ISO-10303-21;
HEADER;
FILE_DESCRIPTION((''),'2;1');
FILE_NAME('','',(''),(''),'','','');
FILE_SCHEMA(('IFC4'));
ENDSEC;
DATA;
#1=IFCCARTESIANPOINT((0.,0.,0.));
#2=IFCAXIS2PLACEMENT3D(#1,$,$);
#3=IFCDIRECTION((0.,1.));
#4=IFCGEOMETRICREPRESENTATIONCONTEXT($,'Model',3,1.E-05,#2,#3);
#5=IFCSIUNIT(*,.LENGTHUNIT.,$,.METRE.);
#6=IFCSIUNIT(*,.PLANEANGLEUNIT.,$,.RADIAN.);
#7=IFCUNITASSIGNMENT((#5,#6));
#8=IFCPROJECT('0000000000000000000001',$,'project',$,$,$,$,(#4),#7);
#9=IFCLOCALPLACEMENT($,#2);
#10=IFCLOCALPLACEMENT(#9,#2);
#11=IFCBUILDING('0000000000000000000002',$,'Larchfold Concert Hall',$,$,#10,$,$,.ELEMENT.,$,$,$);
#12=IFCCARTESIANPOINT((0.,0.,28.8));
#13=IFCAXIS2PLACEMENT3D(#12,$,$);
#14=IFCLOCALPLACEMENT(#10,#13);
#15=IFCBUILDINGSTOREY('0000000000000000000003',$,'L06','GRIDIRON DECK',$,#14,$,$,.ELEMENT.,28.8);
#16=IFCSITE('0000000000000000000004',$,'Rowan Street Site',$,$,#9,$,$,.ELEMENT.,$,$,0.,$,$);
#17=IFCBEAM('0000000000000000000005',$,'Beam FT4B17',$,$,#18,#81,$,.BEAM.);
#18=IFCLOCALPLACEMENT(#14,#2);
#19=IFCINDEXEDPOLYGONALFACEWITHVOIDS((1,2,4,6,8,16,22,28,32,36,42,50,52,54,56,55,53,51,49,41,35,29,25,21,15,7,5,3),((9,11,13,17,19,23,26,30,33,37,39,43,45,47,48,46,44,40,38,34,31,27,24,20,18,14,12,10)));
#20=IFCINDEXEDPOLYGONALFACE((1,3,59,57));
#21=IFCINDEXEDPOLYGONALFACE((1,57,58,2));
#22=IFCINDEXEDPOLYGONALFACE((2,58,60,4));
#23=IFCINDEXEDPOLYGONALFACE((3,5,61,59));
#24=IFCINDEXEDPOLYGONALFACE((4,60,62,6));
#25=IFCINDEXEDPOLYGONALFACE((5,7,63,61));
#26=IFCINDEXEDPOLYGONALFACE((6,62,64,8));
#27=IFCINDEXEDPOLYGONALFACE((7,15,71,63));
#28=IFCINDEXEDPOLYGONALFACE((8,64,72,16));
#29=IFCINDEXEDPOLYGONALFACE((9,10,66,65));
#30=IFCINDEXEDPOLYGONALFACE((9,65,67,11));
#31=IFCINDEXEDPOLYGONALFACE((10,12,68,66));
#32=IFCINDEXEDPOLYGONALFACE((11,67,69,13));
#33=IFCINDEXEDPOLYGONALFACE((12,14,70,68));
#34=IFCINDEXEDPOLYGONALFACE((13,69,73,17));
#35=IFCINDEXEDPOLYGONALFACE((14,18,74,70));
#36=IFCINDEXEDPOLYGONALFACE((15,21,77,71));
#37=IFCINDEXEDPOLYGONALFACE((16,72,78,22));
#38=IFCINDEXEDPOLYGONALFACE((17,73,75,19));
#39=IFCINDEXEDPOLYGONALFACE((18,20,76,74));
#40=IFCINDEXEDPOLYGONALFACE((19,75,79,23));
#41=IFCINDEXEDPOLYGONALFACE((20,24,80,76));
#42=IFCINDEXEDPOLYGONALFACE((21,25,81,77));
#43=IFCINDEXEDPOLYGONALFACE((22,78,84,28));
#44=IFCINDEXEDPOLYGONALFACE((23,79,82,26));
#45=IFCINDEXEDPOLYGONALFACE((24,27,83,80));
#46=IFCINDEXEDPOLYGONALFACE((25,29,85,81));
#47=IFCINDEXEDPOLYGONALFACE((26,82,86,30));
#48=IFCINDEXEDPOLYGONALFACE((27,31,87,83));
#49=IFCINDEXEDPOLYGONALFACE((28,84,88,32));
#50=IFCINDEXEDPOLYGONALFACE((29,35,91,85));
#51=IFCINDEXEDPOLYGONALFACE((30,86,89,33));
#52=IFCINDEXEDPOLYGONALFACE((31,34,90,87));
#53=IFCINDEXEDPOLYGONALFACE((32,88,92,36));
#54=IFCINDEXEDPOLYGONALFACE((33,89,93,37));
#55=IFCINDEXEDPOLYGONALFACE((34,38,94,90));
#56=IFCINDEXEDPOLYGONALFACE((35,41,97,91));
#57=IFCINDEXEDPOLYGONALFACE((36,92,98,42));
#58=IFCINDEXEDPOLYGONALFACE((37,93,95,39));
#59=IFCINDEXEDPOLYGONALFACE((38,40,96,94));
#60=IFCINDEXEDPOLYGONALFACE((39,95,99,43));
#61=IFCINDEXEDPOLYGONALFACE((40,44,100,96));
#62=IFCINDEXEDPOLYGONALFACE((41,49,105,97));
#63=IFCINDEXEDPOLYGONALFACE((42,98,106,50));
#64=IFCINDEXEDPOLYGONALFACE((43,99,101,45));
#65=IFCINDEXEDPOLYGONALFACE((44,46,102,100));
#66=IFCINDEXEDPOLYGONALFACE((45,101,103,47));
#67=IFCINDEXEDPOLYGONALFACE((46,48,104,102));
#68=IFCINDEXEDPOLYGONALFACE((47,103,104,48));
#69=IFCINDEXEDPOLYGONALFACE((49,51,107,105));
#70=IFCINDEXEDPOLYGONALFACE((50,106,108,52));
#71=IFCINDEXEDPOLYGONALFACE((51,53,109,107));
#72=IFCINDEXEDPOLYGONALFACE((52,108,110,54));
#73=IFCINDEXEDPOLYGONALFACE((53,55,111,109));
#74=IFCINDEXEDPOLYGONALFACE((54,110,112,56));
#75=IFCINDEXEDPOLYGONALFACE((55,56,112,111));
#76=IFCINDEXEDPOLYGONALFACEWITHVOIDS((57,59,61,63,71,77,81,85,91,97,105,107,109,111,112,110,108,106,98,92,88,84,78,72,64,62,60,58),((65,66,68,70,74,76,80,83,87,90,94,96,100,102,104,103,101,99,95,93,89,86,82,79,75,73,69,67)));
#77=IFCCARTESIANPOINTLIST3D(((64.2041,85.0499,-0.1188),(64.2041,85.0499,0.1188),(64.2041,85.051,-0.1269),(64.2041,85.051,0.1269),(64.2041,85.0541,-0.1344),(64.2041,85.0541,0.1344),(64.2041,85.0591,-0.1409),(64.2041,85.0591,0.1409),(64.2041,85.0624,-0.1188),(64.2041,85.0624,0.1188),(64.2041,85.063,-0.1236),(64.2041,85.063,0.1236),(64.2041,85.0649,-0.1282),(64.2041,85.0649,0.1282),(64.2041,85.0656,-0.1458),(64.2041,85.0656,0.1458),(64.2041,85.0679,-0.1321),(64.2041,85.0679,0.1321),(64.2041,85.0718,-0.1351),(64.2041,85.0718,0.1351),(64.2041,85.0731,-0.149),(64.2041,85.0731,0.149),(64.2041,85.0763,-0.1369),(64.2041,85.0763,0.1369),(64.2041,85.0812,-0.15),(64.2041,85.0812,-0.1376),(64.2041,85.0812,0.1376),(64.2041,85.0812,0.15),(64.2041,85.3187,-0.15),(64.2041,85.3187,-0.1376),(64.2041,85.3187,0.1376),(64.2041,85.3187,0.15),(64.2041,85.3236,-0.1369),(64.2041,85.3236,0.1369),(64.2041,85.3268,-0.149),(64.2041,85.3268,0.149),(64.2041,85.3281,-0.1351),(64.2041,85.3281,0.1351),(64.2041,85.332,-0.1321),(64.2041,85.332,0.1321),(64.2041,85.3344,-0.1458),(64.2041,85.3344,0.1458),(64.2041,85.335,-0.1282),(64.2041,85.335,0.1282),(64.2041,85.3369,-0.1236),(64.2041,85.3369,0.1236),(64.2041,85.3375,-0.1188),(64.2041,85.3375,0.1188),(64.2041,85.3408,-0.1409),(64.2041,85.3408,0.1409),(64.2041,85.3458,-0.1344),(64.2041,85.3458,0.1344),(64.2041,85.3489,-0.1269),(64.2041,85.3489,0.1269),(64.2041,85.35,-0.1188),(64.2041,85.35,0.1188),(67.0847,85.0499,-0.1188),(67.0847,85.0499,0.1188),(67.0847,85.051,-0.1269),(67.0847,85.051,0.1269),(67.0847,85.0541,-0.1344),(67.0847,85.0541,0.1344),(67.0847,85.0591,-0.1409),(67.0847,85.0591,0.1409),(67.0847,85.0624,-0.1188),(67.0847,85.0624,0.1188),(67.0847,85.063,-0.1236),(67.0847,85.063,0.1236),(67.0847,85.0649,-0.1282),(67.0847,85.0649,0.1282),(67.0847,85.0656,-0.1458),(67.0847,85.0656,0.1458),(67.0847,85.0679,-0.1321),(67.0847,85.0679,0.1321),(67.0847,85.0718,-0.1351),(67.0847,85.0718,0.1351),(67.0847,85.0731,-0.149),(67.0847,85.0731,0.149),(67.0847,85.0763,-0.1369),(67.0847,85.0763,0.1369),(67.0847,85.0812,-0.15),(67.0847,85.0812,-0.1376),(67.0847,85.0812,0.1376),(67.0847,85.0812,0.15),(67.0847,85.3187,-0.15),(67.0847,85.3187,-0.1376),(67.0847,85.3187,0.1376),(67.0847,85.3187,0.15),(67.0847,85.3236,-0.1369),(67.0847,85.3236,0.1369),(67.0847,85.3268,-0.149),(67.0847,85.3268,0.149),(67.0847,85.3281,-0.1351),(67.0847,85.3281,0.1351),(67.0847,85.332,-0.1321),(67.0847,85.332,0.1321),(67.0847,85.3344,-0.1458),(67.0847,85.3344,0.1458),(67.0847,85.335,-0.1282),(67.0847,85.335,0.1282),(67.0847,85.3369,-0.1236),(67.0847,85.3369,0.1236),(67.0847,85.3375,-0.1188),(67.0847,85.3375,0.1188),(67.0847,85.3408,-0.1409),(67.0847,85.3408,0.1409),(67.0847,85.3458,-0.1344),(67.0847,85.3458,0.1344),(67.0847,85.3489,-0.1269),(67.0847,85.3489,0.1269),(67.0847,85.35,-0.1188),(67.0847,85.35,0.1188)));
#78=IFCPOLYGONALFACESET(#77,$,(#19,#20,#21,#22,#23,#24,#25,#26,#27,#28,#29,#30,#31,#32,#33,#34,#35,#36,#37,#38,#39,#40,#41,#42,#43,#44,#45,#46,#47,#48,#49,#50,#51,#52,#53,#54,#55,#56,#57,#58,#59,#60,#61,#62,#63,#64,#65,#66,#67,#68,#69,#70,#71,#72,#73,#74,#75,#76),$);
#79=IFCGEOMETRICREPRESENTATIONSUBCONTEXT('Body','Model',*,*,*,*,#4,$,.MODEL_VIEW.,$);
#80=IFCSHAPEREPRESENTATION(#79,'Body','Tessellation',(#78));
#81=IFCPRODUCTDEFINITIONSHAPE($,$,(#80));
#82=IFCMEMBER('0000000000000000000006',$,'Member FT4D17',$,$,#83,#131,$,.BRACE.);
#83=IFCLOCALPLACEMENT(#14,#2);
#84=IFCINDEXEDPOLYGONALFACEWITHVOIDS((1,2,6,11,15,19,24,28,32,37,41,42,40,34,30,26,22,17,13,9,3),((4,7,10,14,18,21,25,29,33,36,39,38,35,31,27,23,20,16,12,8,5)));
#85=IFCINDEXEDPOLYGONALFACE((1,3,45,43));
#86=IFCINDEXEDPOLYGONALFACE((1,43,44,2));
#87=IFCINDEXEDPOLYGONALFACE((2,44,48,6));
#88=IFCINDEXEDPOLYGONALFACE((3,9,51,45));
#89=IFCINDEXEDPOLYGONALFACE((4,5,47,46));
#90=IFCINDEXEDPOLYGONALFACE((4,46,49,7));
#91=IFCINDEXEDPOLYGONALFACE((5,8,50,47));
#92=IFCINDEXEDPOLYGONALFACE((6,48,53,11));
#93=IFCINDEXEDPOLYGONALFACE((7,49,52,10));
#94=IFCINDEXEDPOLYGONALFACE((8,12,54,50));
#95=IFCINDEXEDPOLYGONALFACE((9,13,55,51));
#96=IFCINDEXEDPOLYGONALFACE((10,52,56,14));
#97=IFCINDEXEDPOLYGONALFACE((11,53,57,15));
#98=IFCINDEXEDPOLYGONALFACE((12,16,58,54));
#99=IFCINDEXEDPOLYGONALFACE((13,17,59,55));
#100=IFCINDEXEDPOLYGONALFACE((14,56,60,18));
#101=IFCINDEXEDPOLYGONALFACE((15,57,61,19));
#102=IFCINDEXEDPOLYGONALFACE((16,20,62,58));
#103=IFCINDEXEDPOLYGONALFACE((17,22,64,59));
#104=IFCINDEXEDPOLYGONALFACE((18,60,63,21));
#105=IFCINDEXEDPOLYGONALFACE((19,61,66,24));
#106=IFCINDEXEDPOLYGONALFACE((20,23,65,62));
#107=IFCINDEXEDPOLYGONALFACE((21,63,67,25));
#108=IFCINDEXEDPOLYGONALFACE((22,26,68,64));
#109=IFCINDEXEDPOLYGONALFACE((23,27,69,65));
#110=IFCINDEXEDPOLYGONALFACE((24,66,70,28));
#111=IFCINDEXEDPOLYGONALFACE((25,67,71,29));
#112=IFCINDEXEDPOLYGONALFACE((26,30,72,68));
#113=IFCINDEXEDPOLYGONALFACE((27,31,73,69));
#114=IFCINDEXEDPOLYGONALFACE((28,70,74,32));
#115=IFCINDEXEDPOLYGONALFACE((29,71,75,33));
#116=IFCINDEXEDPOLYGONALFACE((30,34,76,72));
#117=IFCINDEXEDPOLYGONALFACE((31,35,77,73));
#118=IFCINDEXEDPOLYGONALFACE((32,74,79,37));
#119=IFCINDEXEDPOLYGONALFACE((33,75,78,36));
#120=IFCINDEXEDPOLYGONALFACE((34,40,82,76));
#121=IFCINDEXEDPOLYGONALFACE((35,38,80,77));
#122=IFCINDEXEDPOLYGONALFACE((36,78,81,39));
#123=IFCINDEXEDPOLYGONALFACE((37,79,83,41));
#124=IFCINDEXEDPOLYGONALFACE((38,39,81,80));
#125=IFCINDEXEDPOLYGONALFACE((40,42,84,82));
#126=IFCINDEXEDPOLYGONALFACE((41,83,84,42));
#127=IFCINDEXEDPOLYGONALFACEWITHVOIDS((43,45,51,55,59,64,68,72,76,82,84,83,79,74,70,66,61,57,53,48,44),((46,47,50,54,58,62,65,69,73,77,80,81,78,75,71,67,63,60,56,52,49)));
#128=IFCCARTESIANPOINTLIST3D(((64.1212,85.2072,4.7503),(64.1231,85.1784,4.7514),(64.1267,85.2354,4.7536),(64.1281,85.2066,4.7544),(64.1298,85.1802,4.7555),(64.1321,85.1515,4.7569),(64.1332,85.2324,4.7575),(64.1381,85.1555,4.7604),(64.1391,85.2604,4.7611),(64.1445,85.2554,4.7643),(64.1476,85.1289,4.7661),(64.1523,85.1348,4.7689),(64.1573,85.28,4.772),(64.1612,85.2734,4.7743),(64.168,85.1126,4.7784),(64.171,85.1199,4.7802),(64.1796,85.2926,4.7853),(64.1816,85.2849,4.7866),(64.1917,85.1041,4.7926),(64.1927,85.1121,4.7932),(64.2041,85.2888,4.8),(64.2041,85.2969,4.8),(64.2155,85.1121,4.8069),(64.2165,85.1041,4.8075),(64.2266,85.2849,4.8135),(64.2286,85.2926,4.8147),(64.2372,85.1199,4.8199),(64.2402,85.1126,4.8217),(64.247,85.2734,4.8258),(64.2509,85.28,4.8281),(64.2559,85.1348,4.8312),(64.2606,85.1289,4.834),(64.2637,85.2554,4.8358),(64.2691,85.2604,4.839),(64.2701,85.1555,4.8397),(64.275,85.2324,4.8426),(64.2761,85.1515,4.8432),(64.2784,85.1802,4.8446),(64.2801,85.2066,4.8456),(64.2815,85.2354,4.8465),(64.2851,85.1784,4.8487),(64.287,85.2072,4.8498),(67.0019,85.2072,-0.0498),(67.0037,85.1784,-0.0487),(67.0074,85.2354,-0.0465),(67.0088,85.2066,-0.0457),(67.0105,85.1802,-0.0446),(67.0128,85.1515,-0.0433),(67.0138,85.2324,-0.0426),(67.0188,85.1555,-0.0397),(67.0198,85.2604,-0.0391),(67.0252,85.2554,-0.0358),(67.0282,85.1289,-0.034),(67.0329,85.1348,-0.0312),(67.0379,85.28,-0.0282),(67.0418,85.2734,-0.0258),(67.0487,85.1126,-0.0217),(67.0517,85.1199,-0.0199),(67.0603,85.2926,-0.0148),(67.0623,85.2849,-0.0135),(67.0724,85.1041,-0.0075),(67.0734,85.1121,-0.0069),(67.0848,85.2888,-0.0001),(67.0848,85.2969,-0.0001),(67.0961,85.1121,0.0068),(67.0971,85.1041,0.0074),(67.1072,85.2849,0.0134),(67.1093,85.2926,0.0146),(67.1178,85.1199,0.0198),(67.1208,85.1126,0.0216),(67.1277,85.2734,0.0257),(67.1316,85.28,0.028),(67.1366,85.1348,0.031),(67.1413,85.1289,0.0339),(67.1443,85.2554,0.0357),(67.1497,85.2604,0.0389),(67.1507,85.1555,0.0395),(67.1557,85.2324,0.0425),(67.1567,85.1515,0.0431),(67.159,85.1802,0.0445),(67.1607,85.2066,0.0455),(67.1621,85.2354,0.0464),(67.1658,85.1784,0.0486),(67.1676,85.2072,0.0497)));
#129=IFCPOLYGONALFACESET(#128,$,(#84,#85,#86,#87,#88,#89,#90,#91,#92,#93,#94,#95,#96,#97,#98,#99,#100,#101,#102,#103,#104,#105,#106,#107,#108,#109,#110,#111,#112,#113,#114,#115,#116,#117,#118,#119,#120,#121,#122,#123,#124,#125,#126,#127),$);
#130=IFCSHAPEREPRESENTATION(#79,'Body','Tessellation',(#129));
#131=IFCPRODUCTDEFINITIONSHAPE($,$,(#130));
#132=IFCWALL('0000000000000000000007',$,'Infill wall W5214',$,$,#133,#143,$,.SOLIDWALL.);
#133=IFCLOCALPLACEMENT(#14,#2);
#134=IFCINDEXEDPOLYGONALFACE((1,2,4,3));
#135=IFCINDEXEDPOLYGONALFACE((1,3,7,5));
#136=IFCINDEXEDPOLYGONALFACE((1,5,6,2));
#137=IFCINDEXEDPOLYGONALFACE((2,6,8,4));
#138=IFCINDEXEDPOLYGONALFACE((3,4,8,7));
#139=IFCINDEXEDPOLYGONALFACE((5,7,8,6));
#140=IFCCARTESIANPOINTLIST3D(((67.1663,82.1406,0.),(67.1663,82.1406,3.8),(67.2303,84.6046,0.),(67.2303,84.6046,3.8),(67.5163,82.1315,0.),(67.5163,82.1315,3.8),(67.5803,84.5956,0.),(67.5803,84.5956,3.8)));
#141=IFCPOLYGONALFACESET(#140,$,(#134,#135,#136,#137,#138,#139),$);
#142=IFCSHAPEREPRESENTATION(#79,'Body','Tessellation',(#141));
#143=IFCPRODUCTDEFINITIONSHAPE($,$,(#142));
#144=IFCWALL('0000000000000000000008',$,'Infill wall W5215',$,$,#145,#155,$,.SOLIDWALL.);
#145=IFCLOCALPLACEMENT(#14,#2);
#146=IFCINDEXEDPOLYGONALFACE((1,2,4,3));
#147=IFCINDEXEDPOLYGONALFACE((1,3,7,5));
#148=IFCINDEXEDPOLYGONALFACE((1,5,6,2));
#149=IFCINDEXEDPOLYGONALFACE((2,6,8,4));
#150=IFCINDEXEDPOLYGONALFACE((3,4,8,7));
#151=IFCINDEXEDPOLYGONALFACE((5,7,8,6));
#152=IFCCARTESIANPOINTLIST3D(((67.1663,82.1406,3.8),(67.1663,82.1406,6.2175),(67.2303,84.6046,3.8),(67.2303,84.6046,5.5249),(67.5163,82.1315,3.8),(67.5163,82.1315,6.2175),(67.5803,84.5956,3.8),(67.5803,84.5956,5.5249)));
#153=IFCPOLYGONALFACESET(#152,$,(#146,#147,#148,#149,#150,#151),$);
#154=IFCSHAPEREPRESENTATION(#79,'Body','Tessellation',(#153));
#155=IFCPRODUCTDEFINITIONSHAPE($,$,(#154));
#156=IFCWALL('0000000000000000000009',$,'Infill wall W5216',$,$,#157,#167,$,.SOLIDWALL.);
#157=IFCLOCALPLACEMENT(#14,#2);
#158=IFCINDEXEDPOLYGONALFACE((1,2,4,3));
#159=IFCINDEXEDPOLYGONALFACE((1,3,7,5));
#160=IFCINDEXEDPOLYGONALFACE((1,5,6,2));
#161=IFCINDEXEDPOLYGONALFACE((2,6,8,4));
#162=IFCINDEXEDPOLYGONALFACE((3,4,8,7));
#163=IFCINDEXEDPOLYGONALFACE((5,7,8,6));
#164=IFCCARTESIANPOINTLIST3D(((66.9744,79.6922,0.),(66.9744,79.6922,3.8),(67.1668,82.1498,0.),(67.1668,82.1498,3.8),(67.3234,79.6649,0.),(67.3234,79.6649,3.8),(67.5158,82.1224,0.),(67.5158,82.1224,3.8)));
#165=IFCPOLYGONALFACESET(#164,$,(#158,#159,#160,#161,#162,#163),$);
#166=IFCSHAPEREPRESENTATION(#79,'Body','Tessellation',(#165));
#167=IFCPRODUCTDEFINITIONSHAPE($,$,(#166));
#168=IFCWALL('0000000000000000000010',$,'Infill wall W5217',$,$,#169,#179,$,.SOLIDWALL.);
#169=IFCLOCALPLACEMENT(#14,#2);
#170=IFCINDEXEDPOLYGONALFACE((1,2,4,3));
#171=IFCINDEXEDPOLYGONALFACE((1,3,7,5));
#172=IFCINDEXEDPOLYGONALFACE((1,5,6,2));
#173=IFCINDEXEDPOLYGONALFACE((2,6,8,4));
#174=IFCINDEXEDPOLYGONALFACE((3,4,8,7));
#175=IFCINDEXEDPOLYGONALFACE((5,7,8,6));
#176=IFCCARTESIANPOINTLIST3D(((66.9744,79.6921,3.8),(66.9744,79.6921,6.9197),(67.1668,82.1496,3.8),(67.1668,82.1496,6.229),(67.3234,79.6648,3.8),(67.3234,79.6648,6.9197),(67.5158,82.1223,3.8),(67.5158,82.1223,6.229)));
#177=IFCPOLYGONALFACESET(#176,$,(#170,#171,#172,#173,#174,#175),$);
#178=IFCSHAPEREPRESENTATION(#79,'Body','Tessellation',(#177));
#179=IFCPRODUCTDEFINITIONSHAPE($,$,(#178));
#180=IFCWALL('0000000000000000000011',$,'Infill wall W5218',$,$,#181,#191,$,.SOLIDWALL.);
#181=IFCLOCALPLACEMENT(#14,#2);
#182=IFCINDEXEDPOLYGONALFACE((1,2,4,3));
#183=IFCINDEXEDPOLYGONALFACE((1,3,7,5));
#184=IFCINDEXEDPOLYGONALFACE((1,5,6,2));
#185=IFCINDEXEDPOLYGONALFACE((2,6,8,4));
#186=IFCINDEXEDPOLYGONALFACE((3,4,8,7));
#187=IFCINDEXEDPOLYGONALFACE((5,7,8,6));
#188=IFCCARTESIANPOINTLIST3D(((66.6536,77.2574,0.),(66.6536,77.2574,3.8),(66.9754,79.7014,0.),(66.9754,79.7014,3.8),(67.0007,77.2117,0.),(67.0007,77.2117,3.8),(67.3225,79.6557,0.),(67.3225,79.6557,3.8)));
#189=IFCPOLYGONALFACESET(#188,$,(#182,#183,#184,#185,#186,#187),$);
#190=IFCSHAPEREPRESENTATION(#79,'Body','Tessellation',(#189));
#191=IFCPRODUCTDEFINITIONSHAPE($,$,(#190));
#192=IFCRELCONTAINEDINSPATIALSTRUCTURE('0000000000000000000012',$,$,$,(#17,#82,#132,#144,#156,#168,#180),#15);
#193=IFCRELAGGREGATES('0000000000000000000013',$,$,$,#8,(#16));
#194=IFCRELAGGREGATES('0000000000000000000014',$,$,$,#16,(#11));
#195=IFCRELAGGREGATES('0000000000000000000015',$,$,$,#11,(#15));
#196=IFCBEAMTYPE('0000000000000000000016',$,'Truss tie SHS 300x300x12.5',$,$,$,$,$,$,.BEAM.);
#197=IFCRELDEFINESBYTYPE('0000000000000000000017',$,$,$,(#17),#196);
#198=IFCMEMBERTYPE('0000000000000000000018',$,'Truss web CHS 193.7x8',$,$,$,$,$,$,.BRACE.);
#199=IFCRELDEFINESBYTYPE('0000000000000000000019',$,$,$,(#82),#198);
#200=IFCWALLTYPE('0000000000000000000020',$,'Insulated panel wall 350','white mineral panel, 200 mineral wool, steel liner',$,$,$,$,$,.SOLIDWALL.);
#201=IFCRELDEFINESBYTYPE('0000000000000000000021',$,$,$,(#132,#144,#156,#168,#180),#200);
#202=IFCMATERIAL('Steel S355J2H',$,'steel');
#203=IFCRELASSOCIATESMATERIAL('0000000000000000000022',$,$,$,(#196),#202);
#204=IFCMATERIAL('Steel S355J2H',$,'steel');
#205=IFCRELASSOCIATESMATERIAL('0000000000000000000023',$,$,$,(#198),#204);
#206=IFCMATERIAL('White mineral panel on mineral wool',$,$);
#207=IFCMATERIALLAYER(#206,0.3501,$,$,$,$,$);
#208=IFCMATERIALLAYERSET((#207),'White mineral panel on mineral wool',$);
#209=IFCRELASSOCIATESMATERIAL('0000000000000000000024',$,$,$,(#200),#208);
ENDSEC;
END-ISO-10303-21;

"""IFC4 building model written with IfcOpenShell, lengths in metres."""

from ifc_helpers import new_model, si_unit, direction, frame, frame_2d, origin, origin_2d, place, context, subcontext, project, spatial, polyline, rectangle, hollow_rectangle, hollow_circle, outline, extrude, material, layer, layer_set, material_profile, profile_set, type_object, element, save


model = new_model("IFC4")

# Units and contexts
model_context = context("Model", 3, precision=1e-05, world=origin(), true_north=direction((0.0, 1.0)))
body_context = subcontext(model_context, "Body", "Model", "MODEL_VIEW")
ifc_project = project(units=[si_unit("LENGTHUNIT", "METRE"), si_unit("PLANEANGLEUNIT", "RADIAN")], contexts=[model_context])

# Site, building, storey
site_placement = place(None, origin())
site = spatial("IfcSite", under=ifc_project, at=site_placement, Name="Rowan Street Site", CompositionType="ELEMENT", RefElevation=0.0)
building_placement = place(site_placement, origin())
building = spatial("IfcBuilding", under=site, at=building_placement, Name="Larchfold Concert Hall", CompositionType="ELEMENT")
storey_placement = place(building_placement, frame((0.0, 0.0, 28.8)))
storey = spatial("IfcBuildingStorey", under=building, at=storey_placement, Name="L06", Description="GRIDIRON DECK", CompositionType="ELEMENT", Elevation=28.8)

# Beam
ifc_material_1 = material(Name="Steel S355J2H", Category="steel")
ifc_material_profile_1 = material_profile(ifc_material_1, hollow_rectangle(XDim=0.3, YDim=0.3, WallThickness=0.0125, InnerFilletRadius=0.0188, OuterFilletRadius=0.0312, at=origin_2d()))
ifc_profile_set_1 = profile_set([ifc_material_profile_1], Name="Steel S355J2H")
beam_type_1 = type_object("IfcBeamType", Name="Truss tie SHS 300x300x12.5", PredefinedType="BEAM", material=ifc_profile_set_1)
beam_1_placement = place(storey_placement, frame((64.2041, 85.2, 0.0), z_axis=(1.0, 0.0, 0.0), x_axis=(0.0, 1.0, 0.0)))
element("IfcBeam", 1, at=beam_1_placement, inside=storey, type_object=beam_type_1, Name="Beam FT4B17", PredefinedType="BEAM", context=body_context, shape_type="SweptSolid", body=[
    extrude(hollow_rectangle(XDim=0.3, YDim=0.3, WallThickness=0.0125, InnerFilletRadius=0.0188, OuterFilletRadius=0.0312, at=origin_2d()), origin(), (0.0, 0.0, 1.0), 2.8806),
])

# Member
ifc_material_2 = material(Name="Steel S355J2H", Category="steel")
ifc_material_profile_2 = material_profile(ifc_material_2, hollow_circle(Radius=0.0969, WallThickness=0.0081, at=origin_2d()))
ifc_profile_set_2 = profile_set([ifc_material_profile_2], Name="Steel S355J2H")
member_type_1 = type_object("IfcMemberType", Name="Truss web CHS 193.7x8", PredefinedType="BRACE", material=ifc_profile_set_2)
member_1_placement = place(storey_placement, frame((64.2041, 85.2, 4.8), z_axis=(0.514573, 0.0, -0.857447), x_axis=(0.0, 1.0, 0.0)))
element("IfcMember", 2, at=member_1_placement, inside=storey, type_object=member_type_1, Name="Member FT4D17", PredefinedType="BRACE", context=body_context, shape_type="SweptSolid", body=[
    extrude(hollow_circle(Radius=0.0969, WallThickness=0.0081, at=origin_2d()), origin(), (0.0, 0.0, 1.0), 5.5981),
])

# Walls
ifc_material_3 = material(Name="White mineral panel on mineral wool")
ifc_layer = layer(ifc_material_3, 0.3501)
ifc_layer_set = layer_set([ifc_layer], Name="White mineral panel on mineral wool")
wall_type = type_object("IfcWallType", Name="Insulated panel wall 350", Description="white mineral panel, 200 mineral wool, steel liner", PredefinedType="SOLIDWALL", material=ifc_layer_set)
wall_1_placement = place(storey_placement, frame((67.4053, 84.6001, 0.0), z_axis=(0.0, 0.0, 1.0), x_axis=(-0.02595, -0.999663, 0.0)))
element("IfcWall", 3, at=wall_1_placement, inside=storey, type_object=wall_type, Name="Infill wall W5214", PredefinedType="SOLIDWALL", context=body_context, shape_type="SweptSolid", body=[
    extrude(rectangle(XDim=2.4648, YDim=0.3501, at=frame_2d((1.2324, 0.0))), origin(), (0.0, 0.0, 1.0), 3.8),
])
wall_2_placement = place(storey_placement, frame((67.4053, 84.6001, 3.8), z_axis=(0.0, 0.0, 1.0), x_axis=(-0.02595, -0.999663, 0.0)))
element("IfcWall", 4, at=wall_2_placement, inside=storey, type_object=wall_type, Name="Infill wall W5215", PredefinedType="SOLIDWALL", context=body_context, shape_type="SweptSolid", body=[
    extrude(outline(polyline([(0.0, 0.0), (2.4648, 0.0), (2.4648, 2.4175), (0.0, 1.7249), (0.0, 0.0)])), frame((0.0, 0.175, 0.0), z_axis=(0.0, -1.0, 0.0), x_axis=(1.0, 0.0, 0.0)), (0.0, 0.0, 1.0), 0.3501),
])
wall_3_placement = place(storey_placement, frame((67.3413, 82.136, 0.0), z_axis=(0.0, 0.0, 1.0), x_axis=(-0.078045, -0.99695, 0.0)))
element("IfcWall", 5, at=wall_3_placement, inside=storey, type_object=wall_type, Name="Infill wall W5216", PredefinedType="SOLIDWALL", context=body_context, shape_type="SweptSolid", body=[
    extrude(rectangle(XDim=2.4651, YDim=0.3501, at=frame_2d((1.2324, 0.0))), origin(), (0.0, 0.0, 1.0), 3.8),
])
wall_4_placement = place(storey_placement, frame((67.3413, 82.136, 3.8), z_axis=(0.0, 0.0, 1.0), x_axis=(-0.078045, -0.99695, 0.0)))
element("IfcWall", 6, at=wall_4_placement, inside=storey, type_object=wall_type, Name="Infill wall W5217", PredefinedType="SOLIDWALL", context=body_context, shape_type="SweptSolid", body=[
    extrude(outline(polyline([(0.0, 0.0), (2.4651, 0.0), (2.4651, 3.1196), (0.0, 2.429), (0.0, 0.0)])), frame((0.0, 0.175, 0.0), z_axis=(0.0, -1.0, 0.0), x_axis=(1.0, 0.0, 0.0)), (0.0, 0.0, 1.0), 0.3501),
])
wall_5_placement = place(storey_placement, frame((67.1489, 79.6785, 0.0), z_axis=(0.0, 0.0, 1.0), x_axis=(-0.130529, -0.991445, 0.0)))
element("IfcWall", 7, at=wall_5_placement, inside=storey, type_object=wall_type, Name="Infill wall W5218", PredefinedType="SOLIDWALL", context=body_context, shape_type="SweptSolid", body=[
    extrude(rectangle(XDim=2.4651, YDim=0.3501, at=frame_2d((1.2324, 0.0))), origin(), (0.0, 0.0, 1.0), 3.8),
])

save(model, "model.ifc")
